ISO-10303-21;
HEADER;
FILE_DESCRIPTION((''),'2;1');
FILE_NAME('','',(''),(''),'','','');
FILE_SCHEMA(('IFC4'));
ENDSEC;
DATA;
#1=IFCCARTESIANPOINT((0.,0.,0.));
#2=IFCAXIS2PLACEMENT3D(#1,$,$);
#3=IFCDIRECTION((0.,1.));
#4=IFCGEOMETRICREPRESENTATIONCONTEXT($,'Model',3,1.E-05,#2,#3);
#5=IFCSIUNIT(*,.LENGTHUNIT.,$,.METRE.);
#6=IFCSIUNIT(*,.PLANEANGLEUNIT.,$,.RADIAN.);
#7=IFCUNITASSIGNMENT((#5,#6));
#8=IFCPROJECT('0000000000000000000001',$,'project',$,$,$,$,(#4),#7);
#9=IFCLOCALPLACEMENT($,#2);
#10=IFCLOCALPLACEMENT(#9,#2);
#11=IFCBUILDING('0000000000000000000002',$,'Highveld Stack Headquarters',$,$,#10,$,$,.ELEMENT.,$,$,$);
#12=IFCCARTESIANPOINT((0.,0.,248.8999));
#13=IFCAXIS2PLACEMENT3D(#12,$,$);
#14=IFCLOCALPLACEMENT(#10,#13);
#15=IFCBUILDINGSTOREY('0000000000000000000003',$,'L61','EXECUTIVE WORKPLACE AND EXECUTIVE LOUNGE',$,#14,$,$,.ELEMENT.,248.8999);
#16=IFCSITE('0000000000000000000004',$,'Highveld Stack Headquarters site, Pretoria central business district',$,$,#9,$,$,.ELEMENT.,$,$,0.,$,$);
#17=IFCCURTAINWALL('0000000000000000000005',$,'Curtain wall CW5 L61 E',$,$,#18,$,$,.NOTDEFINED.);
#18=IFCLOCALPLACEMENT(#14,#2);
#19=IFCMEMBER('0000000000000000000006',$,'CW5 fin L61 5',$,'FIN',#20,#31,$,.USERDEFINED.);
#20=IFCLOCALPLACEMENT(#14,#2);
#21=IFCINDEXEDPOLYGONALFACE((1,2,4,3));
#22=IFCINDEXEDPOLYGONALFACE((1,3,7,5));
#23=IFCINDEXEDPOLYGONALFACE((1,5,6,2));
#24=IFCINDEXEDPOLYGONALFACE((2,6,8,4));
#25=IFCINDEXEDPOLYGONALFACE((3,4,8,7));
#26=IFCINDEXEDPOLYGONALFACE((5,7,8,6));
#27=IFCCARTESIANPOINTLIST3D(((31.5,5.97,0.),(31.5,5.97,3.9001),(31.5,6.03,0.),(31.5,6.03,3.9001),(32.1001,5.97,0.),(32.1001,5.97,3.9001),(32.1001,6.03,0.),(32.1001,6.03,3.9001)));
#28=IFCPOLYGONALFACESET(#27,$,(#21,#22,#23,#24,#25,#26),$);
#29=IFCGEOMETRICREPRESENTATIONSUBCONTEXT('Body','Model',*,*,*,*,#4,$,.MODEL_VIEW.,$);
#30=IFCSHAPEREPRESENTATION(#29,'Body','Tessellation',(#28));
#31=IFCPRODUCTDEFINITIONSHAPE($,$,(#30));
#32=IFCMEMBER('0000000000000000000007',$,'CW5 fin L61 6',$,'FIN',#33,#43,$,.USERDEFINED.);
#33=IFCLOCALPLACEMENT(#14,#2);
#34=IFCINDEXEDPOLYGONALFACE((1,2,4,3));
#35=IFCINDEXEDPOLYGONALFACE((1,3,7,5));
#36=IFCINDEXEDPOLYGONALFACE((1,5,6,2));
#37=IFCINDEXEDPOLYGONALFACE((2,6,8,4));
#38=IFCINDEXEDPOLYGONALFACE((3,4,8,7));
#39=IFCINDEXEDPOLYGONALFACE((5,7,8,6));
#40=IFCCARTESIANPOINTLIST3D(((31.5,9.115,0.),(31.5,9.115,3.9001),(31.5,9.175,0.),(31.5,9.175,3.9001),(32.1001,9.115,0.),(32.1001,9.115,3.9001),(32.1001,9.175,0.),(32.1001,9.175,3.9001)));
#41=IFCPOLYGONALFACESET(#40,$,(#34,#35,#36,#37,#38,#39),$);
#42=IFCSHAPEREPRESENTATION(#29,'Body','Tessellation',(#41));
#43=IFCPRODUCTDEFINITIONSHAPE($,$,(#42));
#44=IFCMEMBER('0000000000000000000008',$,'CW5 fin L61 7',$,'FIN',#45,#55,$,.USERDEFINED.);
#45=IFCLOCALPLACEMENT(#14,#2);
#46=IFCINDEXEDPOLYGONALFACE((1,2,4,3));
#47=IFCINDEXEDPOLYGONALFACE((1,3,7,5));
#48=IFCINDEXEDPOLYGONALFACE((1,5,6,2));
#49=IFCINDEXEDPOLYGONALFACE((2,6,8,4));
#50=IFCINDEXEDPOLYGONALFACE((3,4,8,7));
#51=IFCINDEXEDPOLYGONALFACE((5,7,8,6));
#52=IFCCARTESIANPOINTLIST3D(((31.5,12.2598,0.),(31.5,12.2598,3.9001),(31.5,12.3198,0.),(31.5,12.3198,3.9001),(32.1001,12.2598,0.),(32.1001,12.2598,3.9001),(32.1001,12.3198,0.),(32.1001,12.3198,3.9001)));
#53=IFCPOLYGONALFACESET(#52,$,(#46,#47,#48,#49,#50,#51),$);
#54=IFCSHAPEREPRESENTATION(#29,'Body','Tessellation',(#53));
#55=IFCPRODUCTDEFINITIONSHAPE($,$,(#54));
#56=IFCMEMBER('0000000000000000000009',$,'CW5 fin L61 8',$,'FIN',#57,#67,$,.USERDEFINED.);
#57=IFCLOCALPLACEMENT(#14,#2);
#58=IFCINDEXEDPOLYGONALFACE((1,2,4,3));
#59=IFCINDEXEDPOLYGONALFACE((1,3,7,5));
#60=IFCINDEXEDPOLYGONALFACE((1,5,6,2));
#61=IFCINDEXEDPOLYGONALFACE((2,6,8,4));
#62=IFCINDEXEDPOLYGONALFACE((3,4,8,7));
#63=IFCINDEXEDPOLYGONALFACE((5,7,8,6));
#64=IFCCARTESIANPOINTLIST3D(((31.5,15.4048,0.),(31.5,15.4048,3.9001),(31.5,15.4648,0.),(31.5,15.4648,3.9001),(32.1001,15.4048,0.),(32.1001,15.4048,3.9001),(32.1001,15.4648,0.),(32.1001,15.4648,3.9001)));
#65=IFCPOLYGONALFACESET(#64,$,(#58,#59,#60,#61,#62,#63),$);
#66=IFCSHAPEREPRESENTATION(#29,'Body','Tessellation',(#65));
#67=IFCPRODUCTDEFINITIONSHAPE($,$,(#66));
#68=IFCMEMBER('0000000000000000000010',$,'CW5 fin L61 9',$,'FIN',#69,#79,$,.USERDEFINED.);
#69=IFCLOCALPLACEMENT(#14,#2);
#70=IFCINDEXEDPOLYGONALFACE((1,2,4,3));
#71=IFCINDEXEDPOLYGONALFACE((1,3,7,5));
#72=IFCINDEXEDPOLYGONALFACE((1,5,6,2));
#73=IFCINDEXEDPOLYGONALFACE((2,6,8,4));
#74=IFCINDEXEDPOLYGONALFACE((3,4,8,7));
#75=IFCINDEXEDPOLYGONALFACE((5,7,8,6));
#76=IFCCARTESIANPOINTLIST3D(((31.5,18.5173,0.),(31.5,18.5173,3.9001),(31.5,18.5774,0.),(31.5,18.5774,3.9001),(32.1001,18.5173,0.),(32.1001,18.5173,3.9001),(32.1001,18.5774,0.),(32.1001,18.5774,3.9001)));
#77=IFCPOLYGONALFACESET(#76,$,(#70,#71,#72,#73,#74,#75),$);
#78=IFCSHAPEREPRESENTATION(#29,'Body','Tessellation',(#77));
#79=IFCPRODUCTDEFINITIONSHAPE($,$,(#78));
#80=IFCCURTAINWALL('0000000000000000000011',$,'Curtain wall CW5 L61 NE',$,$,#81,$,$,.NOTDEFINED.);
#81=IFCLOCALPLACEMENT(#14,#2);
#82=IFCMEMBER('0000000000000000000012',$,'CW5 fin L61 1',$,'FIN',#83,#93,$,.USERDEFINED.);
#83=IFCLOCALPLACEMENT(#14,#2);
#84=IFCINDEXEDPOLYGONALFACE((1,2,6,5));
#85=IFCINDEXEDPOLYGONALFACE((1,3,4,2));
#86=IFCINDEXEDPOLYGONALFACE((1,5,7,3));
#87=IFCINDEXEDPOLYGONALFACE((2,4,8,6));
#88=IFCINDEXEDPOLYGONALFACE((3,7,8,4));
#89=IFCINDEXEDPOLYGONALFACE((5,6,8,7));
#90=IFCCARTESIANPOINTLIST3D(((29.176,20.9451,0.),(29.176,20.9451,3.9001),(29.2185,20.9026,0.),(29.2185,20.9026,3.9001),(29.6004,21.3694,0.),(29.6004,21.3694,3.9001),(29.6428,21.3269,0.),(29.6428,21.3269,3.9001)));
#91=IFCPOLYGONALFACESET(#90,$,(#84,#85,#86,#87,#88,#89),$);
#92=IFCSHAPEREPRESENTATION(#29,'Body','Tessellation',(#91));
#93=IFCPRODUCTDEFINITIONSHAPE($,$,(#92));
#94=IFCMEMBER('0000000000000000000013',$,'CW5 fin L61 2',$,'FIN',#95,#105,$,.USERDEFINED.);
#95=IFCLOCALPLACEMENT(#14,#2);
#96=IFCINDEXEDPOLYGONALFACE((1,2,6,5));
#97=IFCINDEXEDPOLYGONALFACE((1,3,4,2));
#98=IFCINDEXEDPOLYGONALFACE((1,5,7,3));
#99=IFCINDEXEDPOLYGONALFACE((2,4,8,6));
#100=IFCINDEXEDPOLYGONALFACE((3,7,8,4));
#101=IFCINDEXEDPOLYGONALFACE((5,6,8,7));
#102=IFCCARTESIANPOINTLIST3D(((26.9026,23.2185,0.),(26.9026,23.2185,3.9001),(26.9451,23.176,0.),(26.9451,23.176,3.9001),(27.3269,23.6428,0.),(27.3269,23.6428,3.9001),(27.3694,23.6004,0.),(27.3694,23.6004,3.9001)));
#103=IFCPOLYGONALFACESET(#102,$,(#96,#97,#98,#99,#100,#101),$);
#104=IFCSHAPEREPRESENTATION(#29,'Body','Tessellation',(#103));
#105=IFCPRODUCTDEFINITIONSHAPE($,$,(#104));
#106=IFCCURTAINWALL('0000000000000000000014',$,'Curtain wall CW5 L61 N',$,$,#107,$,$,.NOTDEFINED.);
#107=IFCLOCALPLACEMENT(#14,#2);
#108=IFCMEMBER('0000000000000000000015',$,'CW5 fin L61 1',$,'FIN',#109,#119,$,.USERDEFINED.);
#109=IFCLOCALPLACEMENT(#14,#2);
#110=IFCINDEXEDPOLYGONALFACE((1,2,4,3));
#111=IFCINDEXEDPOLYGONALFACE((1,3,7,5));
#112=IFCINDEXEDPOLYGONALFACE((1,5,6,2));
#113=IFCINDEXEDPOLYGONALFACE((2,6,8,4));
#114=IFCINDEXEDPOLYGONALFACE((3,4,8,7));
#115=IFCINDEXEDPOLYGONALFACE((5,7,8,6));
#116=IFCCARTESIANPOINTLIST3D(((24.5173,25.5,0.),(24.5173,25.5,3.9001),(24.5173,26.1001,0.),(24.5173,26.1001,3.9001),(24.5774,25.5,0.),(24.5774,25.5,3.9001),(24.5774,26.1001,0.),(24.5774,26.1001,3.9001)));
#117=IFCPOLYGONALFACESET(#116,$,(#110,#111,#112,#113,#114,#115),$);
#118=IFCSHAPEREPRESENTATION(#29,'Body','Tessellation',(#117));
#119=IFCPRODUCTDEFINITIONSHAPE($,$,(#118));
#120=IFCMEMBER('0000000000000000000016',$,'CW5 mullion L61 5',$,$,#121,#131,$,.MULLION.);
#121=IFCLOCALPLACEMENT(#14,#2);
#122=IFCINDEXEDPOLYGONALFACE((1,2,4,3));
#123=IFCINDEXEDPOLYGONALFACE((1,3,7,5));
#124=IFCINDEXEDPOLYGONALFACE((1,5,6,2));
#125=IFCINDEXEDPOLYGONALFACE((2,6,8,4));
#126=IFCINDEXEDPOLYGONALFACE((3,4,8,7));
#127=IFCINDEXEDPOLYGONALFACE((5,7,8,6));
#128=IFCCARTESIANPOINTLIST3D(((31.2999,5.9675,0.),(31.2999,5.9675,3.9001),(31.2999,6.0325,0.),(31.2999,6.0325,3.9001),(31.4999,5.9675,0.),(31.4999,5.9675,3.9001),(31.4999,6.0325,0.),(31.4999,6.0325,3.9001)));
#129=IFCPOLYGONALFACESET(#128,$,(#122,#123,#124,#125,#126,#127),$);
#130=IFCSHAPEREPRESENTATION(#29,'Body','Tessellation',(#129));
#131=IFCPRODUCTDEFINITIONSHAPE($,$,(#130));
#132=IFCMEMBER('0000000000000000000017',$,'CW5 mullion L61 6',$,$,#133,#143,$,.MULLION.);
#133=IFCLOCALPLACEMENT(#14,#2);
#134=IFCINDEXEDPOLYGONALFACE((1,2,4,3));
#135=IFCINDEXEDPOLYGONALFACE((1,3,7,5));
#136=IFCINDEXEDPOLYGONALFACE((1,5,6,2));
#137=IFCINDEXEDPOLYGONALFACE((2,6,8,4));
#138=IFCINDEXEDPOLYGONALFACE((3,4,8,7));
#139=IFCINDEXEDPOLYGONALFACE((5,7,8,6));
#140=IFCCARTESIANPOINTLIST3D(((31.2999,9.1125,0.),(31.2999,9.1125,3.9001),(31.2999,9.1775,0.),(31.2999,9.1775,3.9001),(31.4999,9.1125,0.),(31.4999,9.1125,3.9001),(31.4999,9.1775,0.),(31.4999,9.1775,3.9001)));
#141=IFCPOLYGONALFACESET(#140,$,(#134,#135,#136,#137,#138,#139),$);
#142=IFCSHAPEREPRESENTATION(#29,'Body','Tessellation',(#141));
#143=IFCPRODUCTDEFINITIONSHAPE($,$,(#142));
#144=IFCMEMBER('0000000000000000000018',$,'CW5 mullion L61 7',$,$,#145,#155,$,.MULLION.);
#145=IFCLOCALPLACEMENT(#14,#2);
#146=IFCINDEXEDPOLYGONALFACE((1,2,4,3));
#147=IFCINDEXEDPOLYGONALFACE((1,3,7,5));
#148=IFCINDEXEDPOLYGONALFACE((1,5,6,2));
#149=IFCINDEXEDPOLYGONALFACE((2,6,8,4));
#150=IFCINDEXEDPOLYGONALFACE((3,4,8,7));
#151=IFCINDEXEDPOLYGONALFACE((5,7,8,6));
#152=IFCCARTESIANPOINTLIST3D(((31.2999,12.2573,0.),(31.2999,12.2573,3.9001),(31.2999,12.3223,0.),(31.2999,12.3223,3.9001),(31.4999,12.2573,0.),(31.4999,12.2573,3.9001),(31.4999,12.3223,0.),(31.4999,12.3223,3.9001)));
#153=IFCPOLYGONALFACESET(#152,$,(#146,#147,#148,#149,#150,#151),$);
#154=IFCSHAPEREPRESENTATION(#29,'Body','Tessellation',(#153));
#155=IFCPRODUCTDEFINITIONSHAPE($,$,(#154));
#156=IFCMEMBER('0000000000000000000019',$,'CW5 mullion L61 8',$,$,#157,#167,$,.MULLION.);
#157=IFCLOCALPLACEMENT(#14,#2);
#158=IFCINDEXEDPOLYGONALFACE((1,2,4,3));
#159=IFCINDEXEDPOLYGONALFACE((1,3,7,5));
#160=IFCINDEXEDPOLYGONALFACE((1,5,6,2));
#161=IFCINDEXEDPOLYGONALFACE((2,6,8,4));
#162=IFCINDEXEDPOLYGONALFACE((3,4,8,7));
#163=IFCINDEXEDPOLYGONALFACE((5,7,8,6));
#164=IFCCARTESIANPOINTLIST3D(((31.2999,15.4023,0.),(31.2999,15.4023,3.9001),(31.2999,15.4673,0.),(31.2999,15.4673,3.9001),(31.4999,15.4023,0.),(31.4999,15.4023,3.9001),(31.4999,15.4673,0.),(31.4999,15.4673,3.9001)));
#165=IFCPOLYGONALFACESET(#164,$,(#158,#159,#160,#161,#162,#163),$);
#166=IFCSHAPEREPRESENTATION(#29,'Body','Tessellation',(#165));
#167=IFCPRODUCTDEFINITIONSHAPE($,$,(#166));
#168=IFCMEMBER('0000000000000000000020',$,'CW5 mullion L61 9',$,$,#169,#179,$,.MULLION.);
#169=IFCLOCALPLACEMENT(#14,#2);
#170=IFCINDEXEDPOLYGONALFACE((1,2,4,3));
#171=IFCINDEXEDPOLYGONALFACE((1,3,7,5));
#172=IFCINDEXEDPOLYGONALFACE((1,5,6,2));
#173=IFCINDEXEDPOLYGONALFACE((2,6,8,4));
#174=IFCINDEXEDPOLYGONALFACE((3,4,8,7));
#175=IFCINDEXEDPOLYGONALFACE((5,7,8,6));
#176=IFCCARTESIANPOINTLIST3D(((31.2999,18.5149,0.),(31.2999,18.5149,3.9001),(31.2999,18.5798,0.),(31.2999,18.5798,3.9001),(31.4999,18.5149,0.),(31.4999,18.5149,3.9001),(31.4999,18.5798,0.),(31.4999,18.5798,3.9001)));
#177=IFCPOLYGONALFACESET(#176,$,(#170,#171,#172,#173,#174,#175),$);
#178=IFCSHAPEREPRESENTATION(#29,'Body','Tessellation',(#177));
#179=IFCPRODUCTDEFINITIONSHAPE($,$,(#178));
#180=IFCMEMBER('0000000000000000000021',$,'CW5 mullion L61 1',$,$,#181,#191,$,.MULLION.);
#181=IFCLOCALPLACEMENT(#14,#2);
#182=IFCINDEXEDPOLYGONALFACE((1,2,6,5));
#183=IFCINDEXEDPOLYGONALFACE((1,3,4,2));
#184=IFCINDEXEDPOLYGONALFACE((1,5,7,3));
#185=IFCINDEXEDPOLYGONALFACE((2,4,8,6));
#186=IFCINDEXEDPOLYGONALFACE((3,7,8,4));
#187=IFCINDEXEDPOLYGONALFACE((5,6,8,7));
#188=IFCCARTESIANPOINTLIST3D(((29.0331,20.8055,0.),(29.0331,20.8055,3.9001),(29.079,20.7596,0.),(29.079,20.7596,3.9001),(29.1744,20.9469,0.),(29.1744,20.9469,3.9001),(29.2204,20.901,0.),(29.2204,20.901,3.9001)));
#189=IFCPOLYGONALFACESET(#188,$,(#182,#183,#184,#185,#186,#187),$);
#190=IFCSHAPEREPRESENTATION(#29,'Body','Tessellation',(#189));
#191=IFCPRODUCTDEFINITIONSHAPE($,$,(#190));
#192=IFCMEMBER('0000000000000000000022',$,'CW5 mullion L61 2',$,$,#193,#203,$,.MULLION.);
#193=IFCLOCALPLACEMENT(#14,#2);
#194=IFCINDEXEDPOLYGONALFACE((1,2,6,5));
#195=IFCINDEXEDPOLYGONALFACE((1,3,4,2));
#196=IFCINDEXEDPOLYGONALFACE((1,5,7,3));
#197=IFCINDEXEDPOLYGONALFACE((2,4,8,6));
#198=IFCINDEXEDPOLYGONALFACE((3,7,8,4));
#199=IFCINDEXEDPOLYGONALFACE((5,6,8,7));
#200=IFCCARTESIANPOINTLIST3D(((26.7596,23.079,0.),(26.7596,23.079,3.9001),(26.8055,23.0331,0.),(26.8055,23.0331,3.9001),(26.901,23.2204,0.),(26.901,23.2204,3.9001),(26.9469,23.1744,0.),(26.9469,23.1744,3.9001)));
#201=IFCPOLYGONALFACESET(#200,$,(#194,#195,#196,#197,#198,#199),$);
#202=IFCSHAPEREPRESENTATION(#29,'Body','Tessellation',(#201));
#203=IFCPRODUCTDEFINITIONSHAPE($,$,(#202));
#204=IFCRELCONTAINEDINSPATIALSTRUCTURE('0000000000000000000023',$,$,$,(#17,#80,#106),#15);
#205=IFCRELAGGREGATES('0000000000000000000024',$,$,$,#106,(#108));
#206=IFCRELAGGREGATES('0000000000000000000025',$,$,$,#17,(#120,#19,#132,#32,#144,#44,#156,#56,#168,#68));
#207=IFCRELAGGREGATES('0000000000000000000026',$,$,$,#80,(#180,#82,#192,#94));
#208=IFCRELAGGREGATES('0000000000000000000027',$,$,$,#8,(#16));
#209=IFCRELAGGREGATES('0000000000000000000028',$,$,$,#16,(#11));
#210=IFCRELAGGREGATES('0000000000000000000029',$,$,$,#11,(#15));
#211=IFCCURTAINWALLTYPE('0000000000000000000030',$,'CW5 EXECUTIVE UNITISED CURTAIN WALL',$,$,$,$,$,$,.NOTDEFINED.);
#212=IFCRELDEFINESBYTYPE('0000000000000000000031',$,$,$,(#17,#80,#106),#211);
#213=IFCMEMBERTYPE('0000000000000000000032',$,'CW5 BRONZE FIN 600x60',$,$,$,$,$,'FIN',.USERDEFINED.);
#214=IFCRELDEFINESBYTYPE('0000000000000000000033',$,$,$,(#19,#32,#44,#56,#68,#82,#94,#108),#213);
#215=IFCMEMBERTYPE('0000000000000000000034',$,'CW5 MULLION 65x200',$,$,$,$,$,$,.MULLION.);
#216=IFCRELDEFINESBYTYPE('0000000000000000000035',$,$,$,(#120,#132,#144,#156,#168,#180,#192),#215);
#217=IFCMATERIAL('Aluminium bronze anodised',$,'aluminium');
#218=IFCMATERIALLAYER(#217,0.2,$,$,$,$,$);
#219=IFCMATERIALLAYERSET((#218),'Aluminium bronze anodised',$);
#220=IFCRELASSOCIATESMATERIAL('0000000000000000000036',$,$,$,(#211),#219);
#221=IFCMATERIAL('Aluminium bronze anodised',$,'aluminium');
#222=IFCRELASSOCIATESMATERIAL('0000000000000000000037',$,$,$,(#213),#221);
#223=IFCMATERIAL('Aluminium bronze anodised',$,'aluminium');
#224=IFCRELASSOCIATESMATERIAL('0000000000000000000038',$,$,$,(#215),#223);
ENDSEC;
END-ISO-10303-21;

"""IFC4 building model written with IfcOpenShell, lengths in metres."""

from ifc_helpers import new_model, si_unit, direction, frame, origin, origin_2d, place, context, subcontext, project, spatial, rectangle, extrude, material, layer, layer_set, material_profile, profile_set, type_object, element, aggregate, save


model = new_model("IFC4")

# Units and contexts
model_context = context("Model", 3, precision=1e-05, world=origin(), true_north=direction((0.0, 1.0)))
body_context = subcontext(model_context, "Body", "Model", "MODEL_VIEW")
ifc_project = project(units=[si_unit("LENGTHUNIT", "METRE"), si_unit("PLANEANGLEUNIT", "RADIAN")], contexts=[model_context])

# Site, building, storey
site_placement = place(None, origin())
site = spatial("IfcSite", under=ifc_project, at=site_placement, Name="Highveld Stack Headquarters site, Pretoria central business district", CompositionType="ELEMENT", RefElevation=0.0)
building_placement = place(site_placement, origin())
building = spatial("IfcBuilding", under=site, at=building_placement, Name="Highveld Stack Headquarters", CompositionType="ELEMENT")
storey_placement = place(building_placement, frame((0.0, 0.0, 248.8999)))
storey = spatial("IfcBuildingStorey", under=building, at=storey_placement, Name="L61", Description="EXECUTIVE WORKPLACE AND EXECUTIVE LOUNGE", CompositionType="ELEMENT", Elevation=248.8999)

# Curtain walls, members
ifc_material_1 = material(Name="Aluminium bronze anodised", Category="aluminium")
ifc_layer_1 = layer(ifc_material_1, 0.2)
ifc_layer_set_1 = layer_set([ifc_layer_1], Name="Aluminium bronze anodised")
curtain_wall_type = type_object("IfcCurtainWallType", Name="CW5 EXECUTIVE UNITISED CURTAIN WALL", PredefinedType="NOTDEFINED", material=ifc_layer_set_1)
curtain_wall_1_placement = place(storey_placement, origin())
curtain_wall_1 = element("IfcCurtainWall", 1, at=curtain_wall_1_placement, inside=storey, type_object=curtain_wall_type, Name="Curtain wall CW5 L61 E", PredefinedType="NOTDEFINED")
ifc_material_2 = material(Name="Aluminium bronze anodised", Category="aluminium")
ifc_material_profile_1 = material_profile(ifc_material_2, rectangle(XDim=0.6001, YDim=0.0601, at=origin_2d()), Name="FIN 600x60")
ifc_profile_set_1 = profile_set([ifc_material_profile_1], Name="Aluminium bronze anodised")
member_type_1 = type_object("IfcMemberType", Name="CW5 BRONZE FIN 600x60", ElementType="FIN", PredefinedType="USERDEFINED", material=ifc_profile_set_1)
member_1_placement = place(storey_placement, frame((31.8, 6.0, 0.0), z_axis=(0.0, 0.0, 1.0), x_axis=(-1.0, 0.0, 0.0)))
member_1 = element("IfcMember", 2, at=member_1_placement, type_object=member_type_1, Name="CW5 fin L61 5", ObjectType="FIN", PredefinedType="USERDEFINED", context=body_context, shape_type="SweptSolid", body=[
    extrude(rectangle(XDim=0.6001, YDim=0.0601, at=origin_2d()), origin(), (0.0, 0.0, 1.0), 3.9001),
])
member_2_placement = place(storey_placement, frame((31.8, 9.145, 0.0), z_axis=(0.0, 0.0, 1.0), x_axis=(-1.0, 0.0, 0.0)))
member_2 = element("IfcMember", 3, at=member_2_placement, type_object=member_type_1, Name="CW5 fin L61 6", ObjectType="FIN", PredefinedType="USERDEFINED", context=body_context, shape_type="SweptSolid", body=[
    extrude(rectangle(XDim=0.6001, YDim=0.0601, at=origin_2d()), origin(), (0.0, 0.0, 1.0), 3.9001),
])
member_3_placement = place(storey_placement, frame((31.8, 12.2898, 0.0), z_axis=(0.0, 0.0, 1.0), x_axis=(-1.0, 0.0, 0.0)))
member_3 = element("IfcMember", 4, at=member_3_placement, type_object=member_type_1, Name="CW5 fin L61 7", ObjectType="FIN", PredefinedType="USERDEFINED", context=body_context, shape_type="SweptSolid", body=[
    extrude(rectangle(XDim=0.6001, YDim=0.0601, at=origin_2d()), origin(), (0.0, 0.0, 1.0), 3.9001),
])
member_4_placement = place(storey_placement, frame((31.8, 15.4348, 0.0), z_axis=(0.0, 0.0, 1.0), x_axis=(-1.0, 0.0, 0.0)))
member_4 = element("IfcMember", 5, at=member_4_placement, type_object=member_type_1, Name="CW5 fin L61 8", ObjectType="FIN", PredefinedType="USERDEFINED", context=body_context, shape_type="SweptSolid", body=[
    extrude(rectangle(XDim=0.6001, YDim=0.0601, at=origin_2d()), origin(), (0.0, 0.0, 1.0), 3.9001),
])
member_5_placement = place(storey_placement, frame((31.8, 18.5474, 0.0), z_axis=(0.0, 0.0, 1.0), x_axis=(-1.0, 0.0, 0.0)))
member_5 = element("IfcMember", 6, at=member_5_placement, type_object=member_type_1, Name="CW5 fin L61 9", ObjectType="FIN", PredefinedType="USERDEFINED", context=body_context, shape_type="SweptSolid", body=[
    extrude(rectangle(XDim=0.6001, YDim=0.0601, at=origin_2d()), origin(), (0.0, 0.0, 1.0), 3.9001),
])
curtain_wall_2_placement = place(storey_placement, origin())
curtain_wall_2 = element("IfcCurtainWall", 7, at=curtain_wall_2_placement, inside=storey, type_object=curtain_wall_type, Name="Curtain wall CW5 L61 NE", PredefinedType="NOTDEFINED")
member_6_placement = place(storey_placement, frame((29.4094, 21.136, 0.0), z_axis=(0.0, 0.0, 1.0), x_axis=(-0.707107, -0.707107, 0.0)))
member_6 = element("IfcMember", 8, at=member_6_placement, type_object=member_type_1, Name="CW5 fin L61 1", ObjectType="FIN", PredefinedType="USERDEFINED", context=body_context, shape_type="SweptSolid", body=[
    extrude(rectangle(XDim=0.6001, YDim=0.0601, at=origin_2d()), origin(), (0.0, 0.0, 1.0), 3.9001),
])
member_7_placement = place(storey_placement, frame((27.136, 23.4094, 0.0), z_axis=(0.0, 0.0, 1.0), x_axis=(-0.707107, -0.707107, 0.0)))
member_7 = element("IfcMember", 9, at=member_7_placement, type_object=member_type_1, Name="CW5 fin L61 2", ObjectType="FIN", PredefinedType="USERDEFINED", context=body_context, shape_type="SweptSolid", body=[
    extrude(rectangle(XDim=0.6001, YDim=0.0601, at=origin_2d()), origin(), (0.0, 0.0, 1.0), 3.9001),
])

# Curtain wall, member
curtain_wall_3_placement = place(storey_placement, origin())
curtain_wall_3 = element("IfcCurtainWall", 10, at=curtain_wall_3_placement, inside=storey, type_object=curtain_wall_type, Name="Curtain wall CW5 L61 N", PredefinedType="NOTDEFINED")
member_8_placement = place(storey_placement, frame((24.5474, 25.8, 0.0), z_axis=(0.0, 0.0, 1.0), x_axis=(0.0, -1.0, 0.0)))
member_8 = element("IfcMember", 11, at=member_8_placement, type_object=member_type_1, Name="CW5 fin L61 1", ObjectType="FIN", PredefinedType="USERDEFINED", context=body_context, shape_type="SweptSolid", body=[
    extrude(rectangle(XDim=0.6001, YDim=0.0601, at=origin_2d()), origin(), (0.0, 0.0, 1.0), 3.9001),
])
aggregate(curtain_wall_3, [member_8])

# Members
ifc_material_3 = material(Name="Aluminium bronze anodised", Category="aluminium")
ifc_material_profile_2 = material_profile(ifc_material_3, rectangle(XDim=0.2, YDim=0.0649, at=origin_2d()), Name="CW5 MULLION 65x200")
ifc_profile_set_2 = profile_set([ifc_material_profile_2], Name="Aluminium bronze anodised")
member_type_2 = type_object("IfcMemberType", Name="CW5 MULLION 65x200", PredefinedType="MULLION", material=ifc_profile_set_2)
member_9_placement = place(storey_placement, frame((31.3999, 6.0, 0.0), z_axis=(0.0, 0.0, 1.0), x_axis=(-1.0, 0.0, 0.0)))
member_9 = element("IfcMember", 12, at=member_9_placement, type_object=member_type_2, Name="CW5 mullion L61 5", PredefinedType="MULLION", context=body_context, shape_type="SweptSolid", body=[
    extrude(rectangle(XDim=0.2, YDim=0.0649, at=origin_2d()), origin(), (0.0, 0.0, 1.0), 3.9001),
])
member_10_placement = place(storey_placement, frame((31.3999, 9.145, 0.0), z_axis=(0.0, 0.0, 1.0), x_axis=(-1.0, 0.0, 0.0)))
member_10 = element("IfcMember", 13, at=member_10_placement, type_object=member_type_2, Name="CW5 mullion L61 6", PredefinedType="MULLION", context=body_context, shape_type="SweptSolid", body=[
    extrude(rectangle(XDim=0.2, YDim=0.0649, at=origin_2d()), origin(), (0.0, 0.0, 1.0), 3.9001),
])
member_11_placement = place(storey_placement, frame((31.3999, 12.2898, 0.0), z_axis=(0.0, 0.0, 1.0), x_axis=(-1.0, 0.0, 0.0)))
member_11 = element("IfcMember", 14, at=member_11_placement, type_object=member_type_2, Name="CW5 mullion L61 7", PredefinedType="MULLION", context=body_context, shape_type="SweptSolid", body=[
    extrude(rectangle(XDim=0.2, YDim=0.0649, at=origin_2d()), origin(), (0.0, 0.0, 1.0), 3.9001),
])
member_12_placement = place(storey_placement, frame((31.3999, 15.4348, 0.0), z_axis=(0.0, 0.0, 1.0), x_axis=(-1.0, 0.0, 0.0)))
member_12 = element("IfcMember", 15, at=member_12_placement, type_object=member_type_2, Name="CW5 mullion L61 8", PredefinedType="MULLION", context=body_context, shape_type="SweptSolid", body=[
    extrude(rectangle(XDim=0.2, YDim=0.0649, at=origin_2d()), origin(), (0.0, 0.0, 1.0), 3.9001),
])
member_13_placement = place(storey_placement, frame((31.3999, 18.5474, 0.0), z_axis=(0.0, 0.0, 1.0), x_axis=(-1.0, 0.0, 0.0)))
member_13 = element("IfcMember", 16, at=member_13_placement, type_object=member_type_2, Name="CW5 mullion L61 9", PredefinedType="MULLION", context=body_context, shape_type="SweptSolid", body=[
    extrude(rectangle(XDim=0.2, YDim=0.0649, at=origin_2d()), origin(), (0.0, 0.0, 1.0), 3.9001),
])
member_14_placement = place(storey_placement, frame((29.1267, 20.8533, 0.0), z_axis=(0.0, 0.0, 1.0), x_axis=(-0.707107, -0.707107, 0.0)))
member_14 = element("IfcMember", 17, at=member_14_placement, type_object=member_type_2, Name="CW5 mullion L61 1", PredefinedType="MULLION", context=body_context, shape_type="SweptSolid", body=[
    extrude(rectangle(XDim=0.2, YDim=0.0649, at=origin_2d()), origin(), (0.0, 0.0, 1.0), 3.9001),
])
member_15_placement = place(storey_placement, frame((26.8533, 23.1267, 0.0), z_axis=(0.0, 0.0, 1.0), x_axis=(-0.707107, -0.707107, 0.0)))
member_15 = element("IfcMember", 18, at=member_15_placement, type_object=member_type_2, Name="CW5 mullion L61 2", PredefinedType="MULLION", context=body_context, shape_type="SweptSolid", body=[
    extrude(rectangle(XDim=0.2, YDim=0.0649, at=origin_2d()), origin(), (0.0, 0.0, 1.0), 3.9001),
])

aggregate(curtain_wall_1, [member_9, member_1, member_10, member_2, member_11, member_3, member_12, member_4, member_13, member_5])
aggregate(curtain_wall_2, [member_14, member_6, member_15, member_7])

save(model, "model.ifc")
